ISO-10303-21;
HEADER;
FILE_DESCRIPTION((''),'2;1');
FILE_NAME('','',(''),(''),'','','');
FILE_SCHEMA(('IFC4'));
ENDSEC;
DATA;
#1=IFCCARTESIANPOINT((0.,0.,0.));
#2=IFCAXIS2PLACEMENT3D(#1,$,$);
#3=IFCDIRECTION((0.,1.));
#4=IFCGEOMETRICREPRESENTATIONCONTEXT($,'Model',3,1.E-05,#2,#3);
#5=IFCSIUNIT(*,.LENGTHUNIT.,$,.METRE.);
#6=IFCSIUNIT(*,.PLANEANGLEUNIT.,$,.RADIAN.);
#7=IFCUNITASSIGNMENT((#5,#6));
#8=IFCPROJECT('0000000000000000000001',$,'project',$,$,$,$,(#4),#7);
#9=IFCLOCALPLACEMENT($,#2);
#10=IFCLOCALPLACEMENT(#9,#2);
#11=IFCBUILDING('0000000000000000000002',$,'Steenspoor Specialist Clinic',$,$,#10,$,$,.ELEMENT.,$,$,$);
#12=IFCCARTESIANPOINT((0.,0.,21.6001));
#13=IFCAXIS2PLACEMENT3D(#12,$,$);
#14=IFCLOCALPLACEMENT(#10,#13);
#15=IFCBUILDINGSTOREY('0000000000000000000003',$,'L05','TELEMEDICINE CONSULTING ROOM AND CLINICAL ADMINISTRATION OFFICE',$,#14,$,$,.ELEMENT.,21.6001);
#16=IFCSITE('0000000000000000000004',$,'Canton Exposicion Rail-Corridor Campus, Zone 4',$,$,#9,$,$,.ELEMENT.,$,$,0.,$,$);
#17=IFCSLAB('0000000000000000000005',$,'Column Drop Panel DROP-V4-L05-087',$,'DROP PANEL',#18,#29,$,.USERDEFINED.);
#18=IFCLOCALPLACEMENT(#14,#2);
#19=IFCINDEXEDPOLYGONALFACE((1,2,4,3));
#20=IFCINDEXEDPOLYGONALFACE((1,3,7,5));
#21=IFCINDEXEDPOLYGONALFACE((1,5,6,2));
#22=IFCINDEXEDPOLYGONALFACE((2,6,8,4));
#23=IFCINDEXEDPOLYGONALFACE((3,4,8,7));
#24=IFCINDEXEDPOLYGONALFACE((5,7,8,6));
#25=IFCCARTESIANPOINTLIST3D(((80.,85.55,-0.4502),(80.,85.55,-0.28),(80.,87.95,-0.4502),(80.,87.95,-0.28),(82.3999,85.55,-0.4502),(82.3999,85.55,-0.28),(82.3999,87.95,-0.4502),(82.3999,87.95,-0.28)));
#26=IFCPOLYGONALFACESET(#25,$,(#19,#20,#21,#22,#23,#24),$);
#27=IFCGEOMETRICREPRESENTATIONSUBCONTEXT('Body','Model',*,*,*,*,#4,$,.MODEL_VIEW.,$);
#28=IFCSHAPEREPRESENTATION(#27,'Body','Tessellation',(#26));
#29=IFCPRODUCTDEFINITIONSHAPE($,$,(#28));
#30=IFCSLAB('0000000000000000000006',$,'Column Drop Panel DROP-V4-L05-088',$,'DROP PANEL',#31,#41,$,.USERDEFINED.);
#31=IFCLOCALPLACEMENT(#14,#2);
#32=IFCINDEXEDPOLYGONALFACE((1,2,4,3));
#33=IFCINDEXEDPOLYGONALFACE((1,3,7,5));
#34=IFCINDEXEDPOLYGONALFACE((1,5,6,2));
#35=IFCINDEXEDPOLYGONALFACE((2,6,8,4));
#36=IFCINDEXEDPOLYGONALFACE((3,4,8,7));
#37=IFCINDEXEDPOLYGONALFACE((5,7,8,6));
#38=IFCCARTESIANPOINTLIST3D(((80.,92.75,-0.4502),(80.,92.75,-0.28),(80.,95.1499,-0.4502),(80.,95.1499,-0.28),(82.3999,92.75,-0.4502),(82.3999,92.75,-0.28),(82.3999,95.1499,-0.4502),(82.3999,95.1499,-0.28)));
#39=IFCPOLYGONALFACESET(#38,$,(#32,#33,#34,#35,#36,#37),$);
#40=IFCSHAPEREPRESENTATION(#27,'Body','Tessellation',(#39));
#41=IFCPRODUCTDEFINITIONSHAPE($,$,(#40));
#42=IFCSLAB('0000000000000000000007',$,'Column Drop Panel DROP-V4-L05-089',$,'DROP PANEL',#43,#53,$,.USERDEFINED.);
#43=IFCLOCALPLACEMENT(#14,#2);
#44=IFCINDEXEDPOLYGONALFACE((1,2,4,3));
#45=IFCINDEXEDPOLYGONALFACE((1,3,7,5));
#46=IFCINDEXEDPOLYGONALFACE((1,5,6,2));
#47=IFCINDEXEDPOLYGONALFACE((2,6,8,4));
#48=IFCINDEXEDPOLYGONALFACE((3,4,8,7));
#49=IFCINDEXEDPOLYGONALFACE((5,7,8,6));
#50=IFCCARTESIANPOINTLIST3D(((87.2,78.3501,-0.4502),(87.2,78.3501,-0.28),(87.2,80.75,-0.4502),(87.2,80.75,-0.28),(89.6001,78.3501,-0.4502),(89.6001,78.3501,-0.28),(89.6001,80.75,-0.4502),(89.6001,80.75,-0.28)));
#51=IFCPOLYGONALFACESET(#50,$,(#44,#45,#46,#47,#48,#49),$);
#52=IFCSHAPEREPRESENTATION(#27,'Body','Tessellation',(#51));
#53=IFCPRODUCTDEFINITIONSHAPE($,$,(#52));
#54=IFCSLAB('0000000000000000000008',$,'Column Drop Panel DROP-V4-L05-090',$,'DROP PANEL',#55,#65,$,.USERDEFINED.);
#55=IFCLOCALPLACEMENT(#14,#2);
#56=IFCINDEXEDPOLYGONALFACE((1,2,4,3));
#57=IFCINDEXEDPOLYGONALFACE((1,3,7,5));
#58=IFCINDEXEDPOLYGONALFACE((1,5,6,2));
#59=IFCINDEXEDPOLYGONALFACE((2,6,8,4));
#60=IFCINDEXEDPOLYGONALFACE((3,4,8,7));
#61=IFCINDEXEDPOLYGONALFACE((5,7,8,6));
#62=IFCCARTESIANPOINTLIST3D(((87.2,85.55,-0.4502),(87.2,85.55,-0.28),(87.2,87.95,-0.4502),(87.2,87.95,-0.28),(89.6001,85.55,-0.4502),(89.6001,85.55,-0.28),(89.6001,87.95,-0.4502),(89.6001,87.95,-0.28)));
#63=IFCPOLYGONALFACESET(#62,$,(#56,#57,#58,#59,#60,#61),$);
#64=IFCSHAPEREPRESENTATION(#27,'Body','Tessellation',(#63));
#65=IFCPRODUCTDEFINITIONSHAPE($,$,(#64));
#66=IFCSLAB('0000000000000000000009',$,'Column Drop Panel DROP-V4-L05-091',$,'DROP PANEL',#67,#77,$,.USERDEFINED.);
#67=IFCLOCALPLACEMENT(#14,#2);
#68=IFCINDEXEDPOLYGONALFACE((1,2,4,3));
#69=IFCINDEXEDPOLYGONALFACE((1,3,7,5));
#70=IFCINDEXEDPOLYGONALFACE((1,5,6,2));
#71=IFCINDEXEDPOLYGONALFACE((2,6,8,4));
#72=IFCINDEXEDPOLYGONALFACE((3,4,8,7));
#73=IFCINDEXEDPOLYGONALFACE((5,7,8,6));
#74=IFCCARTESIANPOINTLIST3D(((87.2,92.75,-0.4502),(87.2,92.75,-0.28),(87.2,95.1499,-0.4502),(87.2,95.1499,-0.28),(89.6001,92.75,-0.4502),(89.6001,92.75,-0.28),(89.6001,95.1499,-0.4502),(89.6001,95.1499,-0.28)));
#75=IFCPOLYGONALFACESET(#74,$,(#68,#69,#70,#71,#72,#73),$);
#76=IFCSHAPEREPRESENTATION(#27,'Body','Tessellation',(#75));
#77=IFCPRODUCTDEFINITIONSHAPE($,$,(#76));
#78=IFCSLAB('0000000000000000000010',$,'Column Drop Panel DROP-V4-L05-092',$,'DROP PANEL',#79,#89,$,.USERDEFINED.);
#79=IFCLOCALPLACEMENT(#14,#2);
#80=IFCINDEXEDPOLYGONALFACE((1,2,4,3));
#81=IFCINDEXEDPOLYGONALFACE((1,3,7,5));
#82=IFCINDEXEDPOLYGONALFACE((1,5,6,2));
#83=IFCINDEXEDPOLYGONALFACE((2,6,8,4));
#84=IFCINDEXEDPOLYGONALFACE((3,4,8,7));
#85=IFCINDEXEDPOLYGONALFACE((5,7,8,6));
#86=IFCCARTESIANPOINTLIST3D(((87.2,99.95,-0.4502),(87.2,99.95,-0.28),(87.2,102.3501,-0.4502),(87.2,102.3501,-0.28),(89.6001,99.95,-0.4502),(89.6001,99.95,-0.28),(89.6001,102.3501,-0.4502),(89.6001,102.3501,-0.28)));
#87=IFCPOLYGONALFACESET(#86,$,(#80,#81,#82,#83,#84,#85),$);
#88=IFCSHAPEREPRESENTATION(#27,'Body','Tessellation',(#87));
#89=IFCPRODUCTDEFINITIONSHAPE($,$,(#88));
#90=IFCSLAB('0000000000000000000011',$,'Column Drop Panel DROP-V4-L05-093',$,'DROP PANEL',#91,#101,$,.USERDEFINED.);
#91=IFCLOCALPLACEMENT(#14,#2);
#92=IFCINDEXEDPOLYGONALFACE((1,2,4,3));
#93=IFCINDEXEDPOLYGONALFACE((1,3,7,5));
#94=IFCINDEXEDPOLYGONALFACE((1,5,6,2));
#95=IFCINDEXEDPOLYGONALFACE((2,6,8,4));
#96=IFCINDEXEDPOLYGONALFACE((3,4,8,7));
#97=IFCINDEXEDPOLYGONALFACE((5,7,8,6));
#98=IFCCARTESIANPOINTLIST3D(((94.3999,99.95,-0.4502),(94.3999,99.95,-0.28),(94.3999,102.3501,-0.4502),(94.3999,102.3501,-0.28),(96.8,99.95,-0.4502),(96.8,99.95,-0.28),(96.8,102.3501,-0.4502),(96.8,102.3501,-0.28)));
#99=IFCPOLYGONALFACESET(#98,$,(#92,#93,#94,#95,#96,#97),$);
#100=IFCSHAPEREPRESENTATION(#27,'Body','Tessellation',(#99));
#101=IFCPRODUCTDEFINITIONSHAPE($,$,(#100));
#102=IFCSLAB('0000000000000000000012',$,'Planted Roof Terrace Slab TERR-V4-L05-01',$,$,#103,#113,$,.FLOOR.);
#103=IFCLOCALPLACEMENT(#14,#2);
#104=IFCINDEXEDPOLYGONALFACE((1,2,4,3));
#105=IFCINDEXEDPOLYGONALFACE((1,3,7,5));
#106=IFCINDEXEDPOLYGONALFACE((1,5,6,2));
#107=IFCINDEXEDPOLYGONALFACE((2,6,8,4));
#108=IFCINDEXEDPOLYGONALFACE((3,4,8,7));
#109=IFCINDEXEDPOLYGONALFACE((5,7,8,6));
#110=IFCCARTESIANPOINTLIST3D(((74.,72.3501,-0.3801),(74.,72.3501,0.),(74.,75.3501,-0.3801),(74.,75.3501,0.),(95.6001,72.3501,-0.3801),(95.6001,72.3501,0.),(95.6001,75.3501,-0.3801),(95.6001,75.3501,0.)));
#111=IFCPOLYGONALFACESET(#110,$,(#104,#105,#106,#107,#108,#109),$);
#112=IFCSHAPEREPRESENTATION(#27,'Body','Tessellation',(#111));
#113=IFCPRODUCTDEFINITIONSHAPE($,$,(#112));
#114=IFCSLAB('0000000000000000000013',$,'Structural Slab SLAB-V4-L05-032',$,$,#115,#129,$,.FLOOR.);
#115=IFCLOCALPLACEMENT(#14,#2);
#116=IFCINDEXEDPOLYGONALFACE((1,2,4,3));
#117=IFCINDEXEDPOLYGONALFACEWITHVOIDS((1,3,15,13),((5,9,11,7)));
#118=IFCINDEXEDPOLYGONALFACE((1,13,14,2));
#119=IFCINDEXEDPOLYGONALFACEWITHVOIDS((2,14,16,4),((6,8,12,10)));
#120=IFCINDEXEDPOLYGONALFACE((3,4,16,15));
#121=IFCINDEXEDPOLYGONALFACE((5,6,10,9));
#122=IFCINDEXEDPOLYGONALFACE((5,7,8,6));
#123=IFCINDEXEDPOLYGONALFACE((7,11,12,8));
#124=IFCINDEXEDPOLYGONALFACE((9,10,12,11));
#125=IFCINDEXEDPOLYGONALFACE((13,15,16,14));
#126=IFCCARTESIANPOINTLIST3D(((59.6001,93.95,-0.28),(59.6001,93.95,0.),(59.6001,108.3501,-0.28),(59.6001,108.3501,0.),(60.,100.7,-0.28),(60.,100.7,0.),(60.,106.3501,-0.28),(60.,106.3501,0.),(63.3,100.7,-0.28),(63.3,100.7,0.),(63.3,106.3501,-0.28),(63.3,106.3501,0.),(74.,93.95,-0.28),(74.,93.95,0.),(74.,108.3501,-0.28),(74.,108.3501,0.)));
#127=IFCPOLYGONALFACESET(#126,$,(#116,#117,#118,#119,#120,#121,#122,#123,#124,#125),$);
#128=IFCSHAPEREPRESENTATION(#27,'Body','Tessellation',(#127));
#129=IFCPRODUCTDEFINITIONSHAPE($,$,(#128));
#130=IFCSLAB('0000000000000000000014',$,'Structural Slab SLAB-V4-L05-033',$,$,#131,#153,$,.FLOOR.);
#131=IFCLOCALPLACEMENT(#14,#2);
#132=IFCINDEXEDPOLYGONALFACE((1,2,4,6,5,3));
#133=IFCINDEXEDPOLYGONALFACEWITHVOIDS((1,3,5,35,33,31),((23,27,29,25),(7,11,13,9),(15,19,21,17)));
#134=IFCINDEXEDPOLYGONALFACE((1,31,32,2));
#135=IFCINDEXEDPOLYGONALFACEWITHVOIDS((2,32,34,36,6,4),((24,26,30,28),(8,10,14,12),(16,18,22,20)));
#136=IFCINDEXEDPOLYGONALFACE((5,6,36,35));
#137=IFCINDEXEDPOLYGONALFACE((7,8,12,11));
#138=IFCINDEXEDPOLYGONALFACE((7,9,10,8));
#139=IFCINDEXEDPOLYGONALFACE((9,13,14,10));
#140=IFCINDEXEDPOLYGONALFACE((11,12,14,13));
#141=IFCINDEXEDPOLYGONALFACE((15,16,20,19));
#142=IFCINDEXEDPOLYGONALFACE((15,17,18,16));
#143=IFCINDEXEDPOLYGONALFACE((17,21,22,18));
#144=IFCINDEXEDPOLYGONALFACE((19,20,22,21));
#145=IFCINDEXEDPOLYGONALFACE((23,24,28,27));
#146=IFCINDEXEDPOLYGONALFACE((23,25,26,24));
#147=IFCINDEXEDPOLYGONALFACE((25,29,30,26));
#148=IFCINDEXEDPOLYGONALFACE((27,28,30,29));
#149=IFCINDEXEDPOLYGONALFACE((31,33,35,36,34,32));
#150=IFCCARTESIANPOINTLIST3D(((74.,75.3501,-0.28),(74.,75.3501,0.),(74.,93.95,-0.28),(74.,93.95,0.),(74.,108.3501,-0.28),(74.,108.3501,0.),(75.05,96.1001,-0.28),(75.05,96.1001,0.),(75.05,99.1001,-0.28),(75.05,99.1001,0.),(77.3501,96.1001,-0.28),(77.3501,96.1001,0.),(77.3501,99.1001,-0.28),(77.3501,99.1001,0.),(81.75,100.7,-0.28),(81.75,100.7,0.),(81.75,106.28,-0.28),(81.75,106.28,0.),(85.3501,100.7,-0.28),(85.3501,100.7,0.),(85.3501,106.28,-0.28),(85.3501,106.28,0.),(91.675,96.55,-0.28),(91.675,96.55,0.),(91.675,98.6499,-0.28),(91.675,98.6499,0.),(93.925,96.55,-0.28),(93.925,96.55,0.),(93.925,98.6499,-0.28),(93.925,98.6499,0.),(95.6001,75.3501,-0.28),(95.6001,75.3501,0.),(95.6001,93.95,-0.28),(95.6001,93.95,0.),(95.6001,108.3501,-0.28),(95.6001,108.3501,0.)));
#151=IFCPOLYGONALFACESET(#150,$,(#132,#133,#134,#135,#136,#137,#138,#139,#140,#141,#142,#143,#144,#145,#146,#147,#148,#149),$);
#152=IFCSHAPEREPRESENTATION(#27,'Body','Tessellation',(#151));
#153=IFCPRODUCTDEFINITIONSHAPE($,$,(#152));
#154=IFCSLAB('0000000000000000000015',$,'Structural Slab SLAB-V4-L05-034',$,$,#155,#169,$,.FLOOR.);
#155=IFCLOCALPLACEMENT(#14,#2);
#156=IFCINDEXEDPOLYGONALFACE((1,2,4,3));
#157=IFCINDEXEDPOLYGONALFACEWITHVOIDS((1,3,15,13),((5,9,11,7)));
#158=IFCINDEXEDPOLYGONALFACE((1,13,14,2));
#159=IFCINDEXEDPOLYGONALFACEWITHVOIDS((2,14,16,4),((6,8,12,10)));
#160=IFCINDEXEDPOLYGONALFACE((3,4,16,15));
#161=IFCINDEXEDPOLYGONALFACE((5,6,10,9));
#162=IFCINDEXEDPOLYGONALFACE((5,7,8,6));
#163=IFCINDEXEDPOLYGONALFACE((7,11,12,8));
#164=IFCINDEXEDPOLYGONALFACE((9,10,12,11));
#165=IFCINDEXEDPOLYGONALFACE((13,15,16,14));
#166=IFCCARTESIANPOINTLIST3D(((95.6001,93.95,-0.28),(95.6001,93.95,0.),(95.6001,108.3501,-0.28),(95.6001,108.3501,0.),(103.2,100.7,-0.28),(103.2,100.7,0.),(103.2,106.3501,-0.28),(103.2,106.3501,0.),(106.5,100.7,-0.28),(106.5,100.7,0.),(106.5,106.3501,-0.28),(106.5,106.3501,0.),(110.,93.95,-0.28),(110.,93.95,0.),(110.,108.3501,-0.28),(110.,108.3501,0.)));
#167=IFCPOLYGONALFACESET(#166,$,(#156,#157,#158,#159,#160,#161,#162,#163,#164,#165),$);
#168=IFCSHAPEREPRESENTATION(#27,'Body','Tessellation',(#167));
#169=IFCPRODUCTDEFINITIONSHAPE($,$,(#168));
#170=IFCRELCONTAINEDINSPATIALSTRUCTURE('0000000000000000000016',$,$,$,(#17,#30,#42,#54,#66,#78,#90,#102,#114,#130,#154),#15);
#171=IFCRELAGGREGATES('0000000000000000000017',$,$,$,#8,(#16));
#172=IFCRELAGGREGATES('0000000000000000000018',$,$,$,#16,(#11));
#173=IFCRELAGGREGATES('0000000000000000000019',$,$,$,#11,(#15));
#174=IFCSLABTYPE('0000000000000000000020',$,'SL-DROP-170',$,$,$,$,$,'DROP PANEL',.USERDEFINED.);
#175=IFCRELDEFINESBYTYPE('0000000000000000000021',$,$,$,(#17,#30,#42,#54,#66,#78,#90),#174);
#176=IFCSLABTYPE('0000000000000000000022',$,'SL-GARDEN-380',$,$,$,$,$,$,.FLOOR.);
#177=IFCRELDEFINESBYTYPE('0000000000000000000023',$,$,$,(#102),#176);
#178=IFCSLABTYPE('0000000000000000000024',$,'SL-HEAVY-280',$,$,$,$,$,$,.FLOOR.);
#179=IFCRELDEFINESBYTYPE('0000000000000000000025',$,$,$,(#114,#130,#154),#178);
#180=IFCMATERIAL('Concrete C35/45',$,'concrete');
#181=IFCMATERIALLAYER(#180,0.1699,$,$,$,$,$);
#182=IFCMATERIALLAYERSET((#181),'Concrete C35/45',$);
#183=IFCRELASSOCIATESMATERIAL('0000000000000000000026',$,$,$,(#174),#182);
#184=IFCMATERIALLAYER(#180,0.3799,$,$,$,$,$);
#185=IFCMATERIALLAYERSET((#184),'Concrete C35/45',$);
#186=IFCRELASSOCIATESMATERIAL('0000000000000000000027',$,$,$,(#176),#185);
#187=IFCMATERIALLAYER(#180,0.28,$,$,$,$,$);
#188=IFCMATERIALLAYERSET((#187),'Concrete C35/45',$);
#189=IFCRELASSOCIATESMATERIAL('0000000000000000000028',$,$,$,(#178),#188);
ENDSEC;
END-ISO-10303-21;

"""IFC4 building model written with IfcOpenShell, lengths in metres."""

from ifc_helpers import new_model, si_unit, direction, frame, origin, place, context, subcontext, project, spatial, polyline, outline, extrude, material, layer, layer_set, type_object, element, save


model = new_model("IFC4")

# Units and contexts
model_context = context("Model", 3, precision=1e-05, world=origin(), true_north=direction((0.0, 1.0)))
body_context = subcontext(model_context, "Body", "Model", "MODEL_VIEW")
ifc_project = project(units=[si_unit("LENGTHUNIT", "METRE"), si_unit("PLANEANGLEUNIT", "RADIAN")], contexts=[model_context])

# Site, building, storey
site_placement = place(None, origin())
site = spatial("IfcSite", under=ifc_project, at=site_placement, Name="Canton Exposicion Rail-Corridor Campus, Zone 4", CompositionType="ELEMENT", RefElevation=0.0)
building_placement = place(site_placement, origin())
building = spatial("IfcBuilding", under=site, at=building_placement, Name="Steenspoor Specialist Clinic", CompositionType="ELEMENT")
storey_placement = place(building_placement, frame((0.0, 0.0, 21.6001)))
storey = spatial("IfcBuildingStorey", under=building, at=storey_placement, Name="L05", Description="TELEMEDICINE CONSULTING ROOM AND CLINICAL ADMINISTRATION OFFICE", CompositionType="ELEMENT", Elevation=21.6001)

# Shared definitions
ifc_material_1 = material(Name="Concrete C35/45", Category="concrete")

# Slabs
ifc_layer_1 = layer(ifc_material_1, 0.1699)
ifc_layer_set_1 = layer_set([ifc_layer_1], Name="Concrete C35/45")
slab_type_1 = type_object("IfcSlabType", Name="SL-DROP-170", ElementType="DROP PANEL", PredefinedType="USERDEFINED", material=ifc_layer_set_1)
slab_1_placement = place(storey_placement, frame((0.0, 0.0, -0.4502)))
element("IfcSlab", 1, at=slab_1_placement, inside=storey, type_object=slab_type_1, Name="Column Drop Panel DROP-V4-L05-087", ObjectType="DROP PANEL", PredefinedType="USERDEFINED", context=body_context, shape_type="SweptSolid", body=[
    extrude(outline(polyline([(82.3999, 85.55), (82.3999, 87.95), (80.0, 87.95), (80.0, 85.55), (82.3999, 85.55)])), origin(), (0.0, 0.0, 1.0), 0.1702),
])
slab_2_placement = place(storey_placement, frame((0.0, 0.0, -0.4502)))
element("IfcSlab", 2, at=slab_2_placement, inside=storey, type_object=slab_type_1, Name="Column Drop Panel DROP-V4-L05-088", ObjectType="DROP PANEL", PredefinedType="USERDEFINED", context=body_context, shape_type="SweptSolid", body=[
    extrude(outline(polyline([(82.3999, 92.75), (82.3999, 95.1499), (80.0, 95.1499), (80.0, 92.75), (82.3999, 92.75)])), origin(), (0.0, 0.0, 1.0), 0.1702),
])
slab_3_placement = place(storey_placement, frame((0.0, 0.0, -0.4502)))
element("IfcSlab", 3, at=slab_3_placement, inside=storey, type_object=slab_type_1, Name="Column Drop Panel DROP-V4-L05-089", ObjectType="DROP PANEL", PredefinedType="USERDEFINED", context=body_context, shape_type="SweptSolid", body=[
    extrude(outline(polyline([(89.6001, 78.3501), (89.6001, 80.75), (87.2, 80.75), (87.2, 78.3501), (89.6001, 78.3501)])), origin(), (0.0, 0.0, 1.0), 0.1702),
])
slab_4_placement = place(storey_placement, frame((0.0, 0.0, -0.4502)))
element("IfcSlab", 4, at=slab_4_placement, inside=storey, type_object=slab_type_1, Name="Column Drop Panel DROP-V4-L05-090", ObjectType="DROP PANEL", PredefinedType="USERDEFINED", context=body_context, shape_type="SweptSolid", body=[
    extrude(outline(polyline([(89.6001, 85.55), (89.6001, 87.95), (87.2, 87.95), (87.2, 85.55), (89.6001, 85.55)])), origin(), (0.0, 0.0, 1.0), 0.1702),
])
slab_5_placement = place(storey_placement, frame((0.0, 0.0, -0.4502)))
element("IfcSlab", 5, at=slab_5_placement, inside=storey, type_object=slab_type_1, Name="Column Drop Panel DROP-V4-L05-091", ObjectType="DROP PANEL", PredefinedType="USERDEFINED", context=body_context, shape_type="SweptSolid", body=[
    extrude(outline(polyline([(89.6001, 92.75), (89.6001, 95.1499), (87.2, 95.1499), (87.2, 92.75), (89.6001, 92.75)])), origin(), (0.0, 0.0, 1.0), 0.1702),
])
slab_6_placement = place(storey_placement, frame((0.0, 0.0, -0.4502)))
element("IfcSlab", 6, at=slab_6_placement, inside=storey, type_object=slab_type_1, Name="Column Drop Panel DROP-V4-L05-092", ObjectType="DROP PANEL", PredefinedType="USERDEFINED", context=body_context, shape_type="SweptSolid", body=[
    extrude(outline(polyline([(89.6001, 99.95), (89.6001, 102.3501), (87.2, 102.3501), (87.2, 99.95), (89.6001, 99.95)])), origin(), (0.0, 0.0, 1.0), 0.1702),
])
slab_7_placement = place(storey_placement, frame((0.0, 0.0, -0.4502)))
element("IfcSlab", 7, at=slab_7_placement, inside=storey, type_object=slab_type_1, Name="Column Drop Panel DROP-V4-L05-093", ObjectType="DROP PANEL", PredefinedType="USERDEFINED", context=body_context, shape_type="SweptSolid", body=[
    extrude(outline(polyline([(96.8, 99.95), (96.8, 102.3501), (94.3999, 102.3501), (94.3999, 99.95), (96.8, 99.95)])), origin(), (0.0, 0.0, 1.0), 0.1702),
])
ifc_layer_2 = layer(ifc_material_1, 0.3799)
ifc_layer_set_2 = layer_set([ifc_layer_2], Name="Concrete C35/45")
slab_type_2 = type_object("IfcSlabType", Name="SL-GARDEN-380", PredefinedType="FLOOR", material=ifc_layer_set_2)
slab_8_placement = place(storey_placement, frame((0.0, 0.0, -0.3801)))
element("IfcSlab", 8, at=slab_8_placement, inside=storey, type_object=slab_type_2, Name="Planted Roof Terrace Slab TERR-V4-L05-01", PredefinedType="FLOOR", context=body_context, shape_type="SweptSolid", body=[
    extrude(outline(polyline([(95.6001, 72.3501), (95.6001, 75.3501), (74.0, 75.3501), (74.0, 72.3501), (95.6001, 72.3501)])), origin(), (0.0, 0.0, 1.0), 0.3801),
])
ifc_layer_3 = layer(ifc_material_1, 0.28)
ifc_layer_set_3 = layer_set([ifc_layer_3], Name="Concrete C35/45")
slab_type_3 = type_object("IfcSlabType", Name="SL-HEAVY-280", PredefinedType="FLOOR", material=ifc_layer_set_3)
slab_9_placement = place(storey_placement, frame((0.0, 0.0, -0.28)))
element("IfcSlab", 9, at=slab_9_placement, inside=storey, type_object=slab_type_3, Name="Structural Slab SLAB-V4-L05-032", PredefinedType="FLOOR", context=body_context, shape_type="SweptSolid", body=[
    extrude(outline(polyline([(59.6001, 93.95), (59.6001, 108.3501), (74.0, 108.3501), (74.0, 93.95), (59.6001, 93.95)]), holes=[polyline([(60.0, 100.7), (63.3, 100.7), (63.3, 106.3501), (60.0, 106.3501), (60.0, 100.7)])]), origin(), (0.0, 0.0, 1.0), 0.28),
])
slab_10_placement = place(storey_placement, frame((0.0, 0.0, -0.28)))
element("IfcSlab", 10, at=slab_10_placement, inside=storey, type_object=slab_type_3, Name="Structural Slab SLAB-V4-L05-033", PredefinedType="FLOOR", context=body_context, shape_type="SweptSolid", body=[
    extrude(outline(polyline([(74.0, 93.95), (74.0, 108.3501), (95.6001, 108.3501), (95.6001, 93.95), (95.6001, 75.3501), (74.0, 75.3501), (74.0, 93.95)]), holes=[polyline([(77.3501, 96.1001), (77.3501, 99.1001), (75.05, 99.1001), (75.05, 96.1001), (77.3501, 96.1001)]), polyline([(93.925, 96.55), (93.925, 98.6499), (91.675, 98.6499), (91.675, 96.55), (93.925, 96.55)]), polyline([(85.3501, 100.7), (85.3501, 106.28), (81.75, 106.28), (81.75, 100.7), (85.3501, 100.7)])]), origin(), (0.0, 0.0, 1.0), 0.28),
])
slab_11_placement = place(storey_placement, frame((0.0, 0.0, -0.28)))
element("IfcSlab", 11, at=slab_11_placement, inside=storey, type_object=slab_type_3, Name="Structural Slab SLAB-V4-L05-034", PredefinedType="FLOOR", context=body_context, shape_type="SweptSolid", body=[
    extrude(outline(polyline([(110.0, 108.3501), (110.0, 93.95), (95.6001, 93.95), (95.6001, 108.3501), (110.0, 108.3501)]), holes=[polyline([(103.2, 100.7), (106.5, 100.7), (106.5, 106.3501), (103.2, 106.3501), (103.2, 100.7)])]), origin(), (0.0, 0.0, 1.0), 0.28),
])

save(model, "model.ifc")
